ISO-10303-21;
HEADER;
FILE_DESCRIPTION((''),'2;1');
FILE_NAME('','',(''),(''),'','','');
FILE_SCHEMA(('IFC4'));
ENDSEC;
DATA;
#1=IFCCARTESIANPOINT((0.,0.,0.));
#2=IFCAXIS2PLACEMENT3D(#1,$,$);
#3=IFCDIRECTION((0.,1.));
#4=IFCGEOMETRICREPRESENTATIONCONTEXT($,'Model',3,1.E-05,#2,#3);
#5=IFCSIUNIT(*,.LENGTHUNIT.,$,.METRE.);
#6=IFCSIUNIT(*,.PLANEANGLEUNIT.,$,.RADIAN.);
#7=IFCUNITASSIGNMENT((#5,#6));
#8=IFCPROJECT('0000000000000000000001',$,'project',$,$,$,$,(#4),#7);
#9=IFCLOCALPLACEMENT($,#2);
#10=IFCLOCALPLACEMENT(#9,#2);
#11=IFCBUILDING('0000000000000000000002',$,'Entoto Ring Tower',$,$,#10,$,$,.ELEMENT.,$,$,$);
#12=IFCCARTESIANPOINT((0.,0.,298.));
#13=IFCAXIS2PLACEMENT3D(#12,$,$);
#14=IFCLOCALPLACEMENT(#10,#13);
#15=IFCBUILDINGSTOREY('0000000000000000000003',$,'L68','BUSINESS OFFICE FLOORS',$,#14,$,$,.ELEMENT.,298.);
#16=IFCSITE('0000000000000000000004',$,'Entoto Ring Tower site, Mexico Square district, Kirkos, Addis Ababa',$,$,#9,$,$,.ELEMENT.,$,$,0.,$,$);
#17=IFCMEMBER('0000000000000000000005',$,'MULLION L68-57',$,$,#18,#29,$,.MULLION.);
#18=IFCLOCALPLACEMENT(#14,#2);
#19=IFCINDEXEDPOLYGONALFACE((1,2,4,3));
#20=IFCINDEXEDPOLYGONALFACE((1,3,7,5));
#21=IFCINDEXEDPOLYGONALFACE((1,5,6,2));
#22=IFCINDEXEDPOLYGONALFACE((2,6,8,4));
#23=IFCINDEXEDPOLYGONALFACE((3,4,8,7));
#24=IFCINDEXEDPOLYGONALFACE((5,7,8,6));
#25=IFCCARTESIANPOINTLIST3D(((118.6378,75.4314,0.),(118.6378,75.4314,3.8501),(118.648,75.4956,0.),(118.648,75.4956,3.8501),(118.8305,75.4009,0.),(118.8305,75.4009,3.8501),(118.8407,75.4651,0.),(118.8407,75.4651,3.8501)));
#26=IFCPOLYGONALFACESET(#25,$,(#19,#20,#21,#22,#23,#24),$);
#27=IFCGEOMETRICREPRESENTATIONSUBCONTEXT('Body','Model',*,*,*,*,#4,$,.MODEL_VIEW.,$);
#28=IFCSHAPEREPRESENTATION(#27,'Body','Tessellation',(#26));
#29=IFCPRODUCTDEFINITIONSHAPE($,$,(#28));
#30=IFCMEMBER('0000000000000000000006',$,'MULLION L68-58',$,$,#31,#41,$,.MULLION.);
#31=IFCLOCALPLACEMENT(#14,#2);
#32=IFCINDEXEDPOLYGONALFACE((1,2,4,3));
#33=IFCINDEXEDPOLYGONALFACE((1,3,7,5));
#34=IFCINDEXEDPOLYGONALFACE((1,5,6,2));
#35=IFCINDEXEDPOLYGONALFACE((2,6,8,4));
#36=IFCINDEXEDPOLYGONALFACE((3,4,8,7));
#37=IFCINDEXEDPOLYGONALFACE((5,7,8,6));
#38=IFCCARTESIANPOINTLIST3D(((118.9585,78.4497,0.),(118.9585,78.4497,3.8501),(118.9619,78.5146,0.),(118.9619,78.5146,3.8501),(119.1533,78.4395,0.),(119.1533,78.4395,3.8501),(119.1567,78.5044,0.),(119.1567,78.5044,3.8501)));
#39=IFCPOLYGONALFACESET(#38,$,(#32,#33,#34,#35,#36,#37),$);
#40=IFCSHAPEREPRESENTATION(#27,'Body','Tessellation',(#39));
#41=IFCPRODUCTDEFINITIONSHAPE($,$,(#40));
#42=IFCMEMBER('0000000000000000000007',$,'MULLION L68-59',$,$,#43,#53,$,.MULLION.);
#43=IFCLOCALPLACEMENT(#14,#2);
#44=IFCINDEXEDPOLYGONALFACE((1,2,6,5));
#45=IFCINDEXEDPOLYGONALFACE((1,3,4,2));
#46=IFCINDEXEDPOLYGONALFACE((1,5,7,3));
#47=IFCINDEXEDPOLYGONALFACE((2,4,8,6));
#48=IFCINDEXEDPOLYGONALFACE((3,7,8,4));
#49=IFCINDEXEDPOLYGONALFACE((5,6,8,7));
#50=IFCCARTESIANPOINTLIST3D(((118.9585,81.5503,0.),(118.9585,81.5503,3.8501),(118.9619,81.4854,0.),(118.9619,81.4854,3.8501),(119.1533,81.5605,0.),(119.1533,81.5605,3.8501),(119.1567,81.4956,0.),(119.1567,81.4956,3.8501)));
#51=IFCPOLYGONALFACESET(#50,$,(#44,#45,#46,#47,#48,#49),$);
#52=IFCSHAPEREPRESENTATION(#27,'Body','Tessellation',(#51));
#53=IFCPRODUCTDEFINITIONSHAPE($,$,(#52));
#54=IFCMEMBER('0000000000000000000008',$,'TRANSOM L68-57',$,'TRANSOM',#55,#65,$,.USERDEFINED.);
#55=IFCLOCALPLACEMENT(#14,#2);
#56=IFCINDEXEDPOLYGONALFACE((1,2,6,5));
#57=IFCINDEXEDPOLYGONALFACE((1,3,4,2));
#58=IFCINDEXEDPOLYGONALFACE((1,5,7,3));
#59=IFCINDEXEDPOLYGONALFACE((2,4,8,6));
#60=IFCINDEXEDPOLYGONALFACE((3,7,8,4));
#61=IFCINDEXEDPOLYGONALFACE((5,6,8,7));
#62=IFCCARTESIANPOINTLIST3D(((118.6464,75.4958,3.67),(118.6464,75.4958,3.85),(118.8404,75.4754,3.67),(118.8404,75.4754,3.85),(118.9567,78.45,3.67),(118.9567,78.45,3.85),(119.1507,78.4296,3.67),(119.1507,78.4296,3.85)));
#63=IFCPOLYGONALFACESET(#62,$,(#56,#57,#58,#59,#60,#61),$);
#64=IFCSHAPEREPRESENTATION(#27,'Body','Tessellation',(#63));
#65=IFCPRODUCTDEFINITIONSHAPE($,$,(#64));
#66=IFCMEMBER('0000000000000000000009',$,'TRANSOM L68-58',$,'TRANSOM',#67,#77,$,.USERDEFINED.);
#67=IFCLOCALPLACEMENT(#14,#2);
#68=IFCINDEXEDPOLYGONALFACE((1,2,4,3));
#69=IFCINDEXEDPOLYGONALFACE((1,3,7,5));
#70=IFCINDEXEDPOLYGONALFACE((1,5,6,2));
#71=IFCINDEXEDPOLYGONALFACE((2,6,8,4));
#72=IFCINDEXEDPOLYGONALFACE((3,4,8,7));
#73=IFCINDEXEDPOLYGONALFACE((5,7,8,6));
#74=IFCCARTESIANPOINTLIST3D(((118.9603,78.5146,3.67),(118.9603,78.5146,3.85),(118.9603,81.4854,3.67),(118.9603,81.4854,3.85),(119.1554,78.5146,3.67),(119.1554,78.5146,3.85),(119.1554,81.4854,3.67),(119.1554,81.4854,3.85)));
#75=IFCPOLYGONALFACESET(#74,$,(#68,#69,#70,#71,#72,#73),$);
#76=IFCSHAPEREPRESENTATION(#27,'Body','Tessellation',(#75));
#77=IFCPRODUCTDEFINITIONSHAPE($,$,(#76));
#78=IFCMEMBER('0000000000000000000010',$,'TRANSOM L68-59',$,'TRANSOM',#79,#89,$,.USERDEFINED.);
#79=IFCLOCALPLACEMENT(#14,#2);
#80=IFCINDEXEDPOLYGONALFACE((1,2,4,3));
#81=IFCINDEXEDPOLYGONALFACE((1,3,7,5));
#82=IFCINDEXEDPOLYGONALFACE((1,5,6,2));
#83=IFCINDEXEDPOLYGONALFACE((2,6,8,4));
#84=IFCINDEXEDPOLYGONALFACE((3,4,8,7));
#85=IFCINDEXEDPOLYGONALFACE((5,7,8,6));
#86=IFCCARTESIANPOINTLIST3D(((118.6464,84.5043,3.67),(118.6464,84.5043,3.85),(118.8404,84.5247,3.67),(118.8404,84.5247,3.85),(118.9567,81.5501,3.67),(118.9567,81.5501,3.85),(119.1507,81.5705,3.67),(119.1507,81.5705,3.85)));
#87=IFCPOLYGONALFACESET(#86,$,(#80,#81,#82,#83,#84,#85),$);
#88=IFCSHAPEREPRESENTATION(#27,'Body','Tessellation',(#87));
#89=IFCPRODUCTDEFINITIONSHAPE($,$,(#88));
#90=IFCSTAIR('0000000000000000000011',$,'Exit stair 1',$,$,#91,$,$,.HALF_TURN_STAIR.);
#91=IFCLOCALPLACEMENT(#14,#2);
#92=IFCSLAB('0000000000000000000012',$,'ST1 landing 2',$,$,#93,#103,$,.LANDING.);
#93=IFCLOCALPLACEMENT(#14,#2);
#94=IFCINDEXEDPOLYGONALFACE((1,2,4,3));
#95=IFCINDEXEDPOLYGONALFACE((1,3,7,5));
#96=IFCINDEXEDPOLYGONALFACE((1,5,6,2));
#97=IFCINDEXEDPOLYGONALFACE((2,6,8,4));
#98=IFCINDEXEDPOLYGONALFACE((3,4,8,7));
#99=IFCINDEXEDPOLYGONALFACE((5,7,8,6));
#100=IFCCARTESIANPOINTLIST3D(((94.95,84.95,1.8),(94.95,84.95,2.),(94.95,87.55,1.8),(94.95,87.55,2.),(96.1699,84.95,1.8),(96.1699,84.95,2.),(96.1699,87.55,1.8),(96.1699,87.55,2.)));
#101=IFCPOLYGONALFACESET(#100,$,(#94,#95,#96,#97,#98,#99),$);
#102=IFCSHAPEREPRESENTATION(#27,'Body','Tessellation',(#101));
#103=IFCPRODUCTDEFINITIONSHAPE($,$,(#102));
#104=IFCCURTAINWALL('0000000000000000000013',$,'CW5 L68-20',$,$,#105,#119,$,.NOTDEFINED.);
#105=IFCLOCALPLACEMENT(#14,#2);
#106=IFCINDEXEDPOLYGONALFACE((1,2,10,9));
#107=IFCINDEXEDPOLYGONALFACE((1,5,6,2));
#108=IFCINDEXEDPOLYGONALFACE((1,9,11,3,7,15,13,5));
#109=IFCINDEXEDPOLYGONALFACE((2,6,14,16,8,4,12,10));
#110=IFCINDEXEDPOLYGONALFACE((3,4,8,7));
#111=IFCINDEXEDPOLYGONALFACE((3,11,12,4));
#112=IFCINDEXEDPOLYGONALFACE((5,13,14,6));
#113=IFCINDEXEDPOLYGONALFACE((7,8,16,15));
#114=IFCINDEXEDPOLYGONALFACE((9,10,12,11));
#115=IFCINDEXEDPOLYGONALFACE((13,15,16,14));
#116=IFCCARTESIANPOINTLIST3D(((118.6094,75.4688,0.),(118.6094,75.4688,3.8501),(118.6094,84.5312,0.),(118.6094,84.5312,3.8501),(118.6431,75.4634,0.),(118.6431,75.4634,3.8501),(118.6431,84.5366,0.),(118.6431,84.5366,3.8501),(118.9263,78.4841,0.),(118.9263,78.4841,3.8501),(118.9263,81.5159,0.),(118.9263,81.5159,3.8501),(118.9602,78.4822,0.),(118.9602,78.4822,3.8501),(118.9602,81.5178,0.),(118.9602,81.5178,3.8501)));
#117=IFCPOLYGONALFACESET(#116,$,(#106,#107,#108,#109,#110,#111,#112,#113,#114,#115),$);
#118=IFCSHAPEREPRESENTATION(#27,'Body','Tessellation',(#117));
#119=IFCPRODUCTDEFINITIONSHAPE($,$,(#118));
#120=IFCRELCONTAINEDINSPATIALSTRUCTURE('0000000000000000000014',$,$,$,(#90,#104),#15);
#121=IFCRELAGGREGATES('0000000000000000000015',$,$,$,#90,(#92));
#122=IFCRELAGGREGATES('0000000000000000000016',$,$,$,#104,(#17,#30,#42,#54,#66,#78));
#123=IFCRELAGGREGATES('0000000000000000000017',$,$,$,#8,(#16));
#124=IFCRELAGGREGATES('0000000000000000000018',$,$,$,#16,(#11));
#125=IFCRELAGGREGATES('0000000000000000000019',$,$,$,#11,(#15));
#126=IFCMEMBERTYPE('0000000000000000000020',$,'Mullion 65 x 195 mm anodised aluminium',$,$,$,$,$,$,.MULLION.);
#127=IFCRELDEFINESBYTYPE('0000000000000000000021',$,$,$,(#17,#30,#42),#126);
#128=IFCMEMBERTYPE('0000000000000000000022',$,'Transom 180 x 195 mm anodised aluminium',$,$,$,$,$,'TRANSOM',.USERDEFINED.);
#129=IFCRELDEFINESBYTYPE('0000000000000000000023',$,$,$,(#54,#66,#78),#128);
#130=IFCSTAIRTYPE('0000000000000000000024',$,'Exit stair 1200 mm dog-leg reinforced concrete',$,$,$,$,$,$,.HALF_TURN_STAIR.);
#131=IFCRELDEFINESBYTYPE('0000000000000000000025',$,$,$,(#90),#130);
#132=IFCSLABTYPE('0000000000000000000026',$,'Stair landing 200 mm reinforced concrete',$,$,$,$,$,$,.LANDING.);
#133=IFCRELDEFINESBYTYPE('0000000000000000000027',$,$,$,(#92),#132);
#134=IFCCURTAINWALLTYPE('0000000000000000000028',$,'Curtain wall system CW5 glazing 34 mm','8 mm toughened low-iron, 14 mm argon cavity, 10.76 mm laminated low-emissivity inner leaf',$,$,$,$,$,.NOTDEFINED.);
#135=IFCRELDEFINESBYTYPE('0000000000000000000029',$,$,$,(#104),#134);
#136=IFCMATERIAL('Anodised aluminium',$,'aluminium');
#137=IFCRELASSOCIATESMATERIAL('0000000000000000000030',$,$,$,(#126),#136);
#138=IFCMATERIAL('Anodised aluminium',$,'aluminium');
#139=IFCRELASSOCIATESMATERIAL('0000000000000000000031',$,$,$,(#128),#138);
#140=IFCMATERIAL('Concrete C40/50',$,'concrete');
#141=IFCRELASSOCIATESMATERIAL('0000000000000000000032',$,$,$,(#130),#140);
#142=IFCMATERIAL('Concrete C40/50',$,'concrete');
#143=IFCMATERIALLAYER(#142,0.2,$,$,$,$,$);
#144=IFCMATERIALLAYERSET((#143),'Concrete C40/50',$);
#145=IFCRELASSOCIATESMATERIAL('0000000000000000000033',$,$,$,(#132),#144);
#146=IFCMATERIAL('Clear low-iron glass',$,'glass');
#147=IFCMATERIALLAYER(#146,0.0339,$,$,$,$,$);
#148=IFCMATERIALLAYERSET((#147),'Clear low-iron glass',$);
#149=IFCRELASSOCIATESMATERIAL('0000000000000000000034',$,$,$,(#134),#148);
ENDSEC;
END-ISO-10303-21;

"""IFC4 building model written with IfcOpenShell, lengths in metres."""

from ifc_helpers import new_model, si_unit, direction, frame, origin, origin_2d, place, context, subcontext, project, spatial, polyline, rectangle, outline, extrude, material, layer, layer_set, material_profile, profile_set, type_object, element, aggregate, save


model = new_model("IFC4")

# Units and contexts
model_context = context("Model", 3, precision=1e-05, world=origin(), true_north=direction((0.0, 1.0)))
body_context = subcontext(model_context, "Body", "Model", "MODEL_VIEW")
ifc_project = project(units=[si_unit("LENGTHUNIT", "METRE"), si_unit("PLANEANGLEUNIT", "RADIAN")], contexts=[model_context])

# Members
ifc_material_1 = material(Name="Anodised aluminium", Category="aluminium")
ifc_material_profile_1 = material_profile(ifc_material_1, rectangle(XDim=0.0649, YDim=0.1951, at=origin_2d()), Name="Mullion 65 x 195 mm anodised aluminium")
ifc_profile_set_1 = profile_set([ifc_material_profile_1], Name="Anodised aluminium")
member_type_1 = type_object("IfcMemberType", Name="Mullion 65 x 195 mm anodised aluminium", PredefinedType="MULLION", material=ifc_profile_set_1)
site_placement = place(None, origin())
building_placement = place(site_placement, origin())
storey_placement = place(building_placement, frame((0.0, 0.0, 298.0)))
member_1_placement = place(storey_placement, frame((118.7393, 75.4482, 0.0), z_axis=(0.0, 0.0, 1.0), x_axis=(0.156434, 0.987688, 0.0)))
member_1 = element("IfcMember", 1, at=member_1_placement, type_object=member_type_1, Name="MULLION L68-57", PredefinedType="MULLION", context=body_context, shape_type="SweptSolid", body=[
    extrude(rectangle(XDim=0.0649, YDim=0.1951, at=origin_2d()), origin(), (0.0, 0.0, 1.0), 3.8501),
])
member_2_placement = place(storey_placement, frame((119.0576, 78.4771, 0.0), z_axis=(0.0, 0.0, 1.0), x_axis=(0.052336, 0.99863, 0.0)))
member_2 = element("IfcMember", 2, at=member_2_placement, type_object=member_type_1, Name="MULLION L68-58", PredefinedType="MULLION", context=body_context, shape_type="SweptSolid", body=[
    extrude(rectangle(XDim=0.0649, YDim=0.1951, at=origin_2d()), origin(), (0.0, 0.0, 1.0), 3.8501),
])
member_3_placement = place(storey_placement, frame((119.0576, 81.5229, 0.0), z_axis=(0.0, 0.0, 1.0), x_axis=(-0.052336, 0.99863, 0.0)))
member_3 = element("IfcMember", 3, at=member_3_placement, type_object=member_type_1, Name="MULLION L68-59", PredefinedType="MULLION", context=body_context, shape_type="SweptSolid", body=[
    extrude(rectangle(XDim=0.0649, YDim=0.1951, at=origin_2d()), origin(), (0.0, 0.0, 1.0), 3.8501),
])
ifc_material_2 = material(Name="Anodised aluminium", Category="aluminium")
ifc_material_profile_2 = material_profile(ifc_material_2, rectangle(XDim=0.1951, YDim=0.1799, at=origin_2d()), Name="Transom 180 x 195 mm anodised aluminium")
ifc_profile_set_2 = profile_set([ifc_material_profile_2], Name="Anodised aluminium")
member_type_2 = type_object("IfcMemberType", Name="Transom 180 x 195 mm anodised aluminium", ElementType="TRANSOM", PredefinedType="USERDEFINED", material=ifc_profile_set_2)
member_4_placement = place(storey_placement, frame((118.7434, 75.4856, 3.76), z_axis=(0.104467, 0.994528, 0.0), x_axis=(-0.994528, 0.104467, 0.0)))
member_4 = element("IfcMember", 4, at=member_4_placement, type_object=member_type_2, Name="TRANSOM L68-57", ObjectType="TRANSOM", PredefinedType="USERDEFINED", context=body_context, shape_type="SweptSolid", body=[
    extrude(rectangle(XDim=0.1951, YDim=0.1799, at=origin_2d()), origin(), (0.0, 0.0, 1.0), 2.9705),
])
member_5_placement = place(storey_placement, frame((119.0579, 78.5146, 3.76), z_axis=(0.0, 1.0, 0.0), x_axis=(-1.0, 0.0, 0.0)))
member_5 = element("IfcMember", 5, at=member_5_placement, type_object=member_type_2, Name="TRANSOM L68-58", ObjectType="TRANSOM", PredefinedType="USERDEFINED", context=body_context, shape_type="SweptSolid", body=[
    extrude(rectangle(XDim=0.1951, YDim=0.1799, at=origin_2d()), origin(), (0.0, 0.0, 1.0), 2.9707),
])
member_6_placement = place(storey_placement, frame((119.0537, 81.5603, 3.76), z_axis=(-0.104467, 0.994528, 0.0), x_axis=(-0.994528, -0.104467, 0.0)))
member_6 = element("IfcMember", 6, at=member_6_placement, type_object=member_type_2, Name="TRANSOM L68-59", ObjectType="TRANSOM", PredefinedType="USERDEFINED", context=body_context, shape_type="SweptSolid", body=[
    extrude(rectangle(XDim=0.1951, YDim=0.1799, at=origin_2d()), origin(), (0.0, 0.0, 1.0), 2.9705),
])

# Site, building, storey
site = spatial("IfcSite", under=ifc_project, at=site_placement, Name="Entoto Ring Tower site, Mexico Square district, Kirkos, Addis Ababa", CompositionType="ELEMENT", RefElevation=0.0)
building = spatial("IfcBuilding", under=site, at=building_placement, Name="Entoto Ring Tower", CompositionType="ELEMENT")
storey = spatial("IfcBuildingStorey", under=building, at=storey_placement, Name="L68", Description="BUSINESS OFFICE FLOORS", CompositionType="ELEMENT", Elevation=298.0)

# Stair, slab
ifc_material_3 = material(Name="Concrete C40/50", Category="concrete")
stair_type = type_object("IfcStairType", Name="Exit stair 1200 mm dog-leg reinforced concrete", PredefinedType="HALF_TURN_STAIR", material=ifc_material_3)
stair_placement = place(storey_placement, origin())
stair = element("IfcStair", 7, at=stair_placement, inside=storey, type_object=stair_type, Name="Exit stair 1", PredefinedType="HALF_TURN_STAIR")
ifc_material_4 = material(Name="Concrete C40/50", Category="concrete")
ifc_layer_1 = layer(ifc_material_4, 0.2)
ifc_layer_set_1 = layer_set([ifc_layer_1], Name="Concrete C40/50")
slab_type = type_object("IfcSlabType", Name="Stair landing 200 mm reinforced concrete", PredefinedType="LANDING", material=ifc_layer_set_1)
slab_placement = place(storey_placement, frame((0.0, 0.0, 1.8)))
slab = element("IfcSlab", 8, at=slab_placement, type_object=slab_type, Name="ST1 landing 2", PredefinedType="LANDING", context=body_context, shape_type="SweptSolid", body=[
    extrude(outline(polyline([(94.95, 84.95), (96.1699, 84.95), (96.1699, 87.55), (94.95, 87.55), (94.95, 84.95)])), origin(), (0.0, 0.0, 1.0), 0.2),
])
aggregate(stair, [slab])

# Curtain wall
ifc_material_5 = material(Name="Clear low-iron glass", Category="glass")
ifc_layer_2 = layer(ifc_material_5, 0.0339)
ifc_layer_set_2 = layer_set([ifc_layer_2], Name="Clear low-iron glass")
curtain_wall_type = type_object("IfcCurtainWallType", Name="Curtain wall system CW5 glazing 34 mm", Description="8 mm toughened low-iron, 14 mm argon cavity, 10.76 mm laminated low-emissivity inner leaf", PredefinedType="NOTDEFINED", material=ifc_layer_set_2)
curtain_wall_1_placement = place(storey_placement, origin())
curtain_wall_1 = element("IfcCurtainWall", 9, at=curtain_wall_1_placement, inside=storey, type_object=curtain_wall_type, Name="CW5 L68-20", PredefinedType="NOTDEFINED", context=body_context, shape_type="SweptSolid", body=[
    extrude(outline(polyline([(118.6431, 75.4634), (118.9602, 78.4822), (118.9602, 81.5178), (118.6431, 84.5366), (118.6094, 84.5312), (118.9263, 81.5159), (118.9263, 78.4841), (118.6094, 75.4688), (118.6431, 75.4634)])), origin(), (0.0, 0.0, 1.0), 3.8501),
])
aggregate(curtain_wall_1, [member_1, member_2, member_3, member_4, member_5, member_6])

save(model, "model.ifc")
